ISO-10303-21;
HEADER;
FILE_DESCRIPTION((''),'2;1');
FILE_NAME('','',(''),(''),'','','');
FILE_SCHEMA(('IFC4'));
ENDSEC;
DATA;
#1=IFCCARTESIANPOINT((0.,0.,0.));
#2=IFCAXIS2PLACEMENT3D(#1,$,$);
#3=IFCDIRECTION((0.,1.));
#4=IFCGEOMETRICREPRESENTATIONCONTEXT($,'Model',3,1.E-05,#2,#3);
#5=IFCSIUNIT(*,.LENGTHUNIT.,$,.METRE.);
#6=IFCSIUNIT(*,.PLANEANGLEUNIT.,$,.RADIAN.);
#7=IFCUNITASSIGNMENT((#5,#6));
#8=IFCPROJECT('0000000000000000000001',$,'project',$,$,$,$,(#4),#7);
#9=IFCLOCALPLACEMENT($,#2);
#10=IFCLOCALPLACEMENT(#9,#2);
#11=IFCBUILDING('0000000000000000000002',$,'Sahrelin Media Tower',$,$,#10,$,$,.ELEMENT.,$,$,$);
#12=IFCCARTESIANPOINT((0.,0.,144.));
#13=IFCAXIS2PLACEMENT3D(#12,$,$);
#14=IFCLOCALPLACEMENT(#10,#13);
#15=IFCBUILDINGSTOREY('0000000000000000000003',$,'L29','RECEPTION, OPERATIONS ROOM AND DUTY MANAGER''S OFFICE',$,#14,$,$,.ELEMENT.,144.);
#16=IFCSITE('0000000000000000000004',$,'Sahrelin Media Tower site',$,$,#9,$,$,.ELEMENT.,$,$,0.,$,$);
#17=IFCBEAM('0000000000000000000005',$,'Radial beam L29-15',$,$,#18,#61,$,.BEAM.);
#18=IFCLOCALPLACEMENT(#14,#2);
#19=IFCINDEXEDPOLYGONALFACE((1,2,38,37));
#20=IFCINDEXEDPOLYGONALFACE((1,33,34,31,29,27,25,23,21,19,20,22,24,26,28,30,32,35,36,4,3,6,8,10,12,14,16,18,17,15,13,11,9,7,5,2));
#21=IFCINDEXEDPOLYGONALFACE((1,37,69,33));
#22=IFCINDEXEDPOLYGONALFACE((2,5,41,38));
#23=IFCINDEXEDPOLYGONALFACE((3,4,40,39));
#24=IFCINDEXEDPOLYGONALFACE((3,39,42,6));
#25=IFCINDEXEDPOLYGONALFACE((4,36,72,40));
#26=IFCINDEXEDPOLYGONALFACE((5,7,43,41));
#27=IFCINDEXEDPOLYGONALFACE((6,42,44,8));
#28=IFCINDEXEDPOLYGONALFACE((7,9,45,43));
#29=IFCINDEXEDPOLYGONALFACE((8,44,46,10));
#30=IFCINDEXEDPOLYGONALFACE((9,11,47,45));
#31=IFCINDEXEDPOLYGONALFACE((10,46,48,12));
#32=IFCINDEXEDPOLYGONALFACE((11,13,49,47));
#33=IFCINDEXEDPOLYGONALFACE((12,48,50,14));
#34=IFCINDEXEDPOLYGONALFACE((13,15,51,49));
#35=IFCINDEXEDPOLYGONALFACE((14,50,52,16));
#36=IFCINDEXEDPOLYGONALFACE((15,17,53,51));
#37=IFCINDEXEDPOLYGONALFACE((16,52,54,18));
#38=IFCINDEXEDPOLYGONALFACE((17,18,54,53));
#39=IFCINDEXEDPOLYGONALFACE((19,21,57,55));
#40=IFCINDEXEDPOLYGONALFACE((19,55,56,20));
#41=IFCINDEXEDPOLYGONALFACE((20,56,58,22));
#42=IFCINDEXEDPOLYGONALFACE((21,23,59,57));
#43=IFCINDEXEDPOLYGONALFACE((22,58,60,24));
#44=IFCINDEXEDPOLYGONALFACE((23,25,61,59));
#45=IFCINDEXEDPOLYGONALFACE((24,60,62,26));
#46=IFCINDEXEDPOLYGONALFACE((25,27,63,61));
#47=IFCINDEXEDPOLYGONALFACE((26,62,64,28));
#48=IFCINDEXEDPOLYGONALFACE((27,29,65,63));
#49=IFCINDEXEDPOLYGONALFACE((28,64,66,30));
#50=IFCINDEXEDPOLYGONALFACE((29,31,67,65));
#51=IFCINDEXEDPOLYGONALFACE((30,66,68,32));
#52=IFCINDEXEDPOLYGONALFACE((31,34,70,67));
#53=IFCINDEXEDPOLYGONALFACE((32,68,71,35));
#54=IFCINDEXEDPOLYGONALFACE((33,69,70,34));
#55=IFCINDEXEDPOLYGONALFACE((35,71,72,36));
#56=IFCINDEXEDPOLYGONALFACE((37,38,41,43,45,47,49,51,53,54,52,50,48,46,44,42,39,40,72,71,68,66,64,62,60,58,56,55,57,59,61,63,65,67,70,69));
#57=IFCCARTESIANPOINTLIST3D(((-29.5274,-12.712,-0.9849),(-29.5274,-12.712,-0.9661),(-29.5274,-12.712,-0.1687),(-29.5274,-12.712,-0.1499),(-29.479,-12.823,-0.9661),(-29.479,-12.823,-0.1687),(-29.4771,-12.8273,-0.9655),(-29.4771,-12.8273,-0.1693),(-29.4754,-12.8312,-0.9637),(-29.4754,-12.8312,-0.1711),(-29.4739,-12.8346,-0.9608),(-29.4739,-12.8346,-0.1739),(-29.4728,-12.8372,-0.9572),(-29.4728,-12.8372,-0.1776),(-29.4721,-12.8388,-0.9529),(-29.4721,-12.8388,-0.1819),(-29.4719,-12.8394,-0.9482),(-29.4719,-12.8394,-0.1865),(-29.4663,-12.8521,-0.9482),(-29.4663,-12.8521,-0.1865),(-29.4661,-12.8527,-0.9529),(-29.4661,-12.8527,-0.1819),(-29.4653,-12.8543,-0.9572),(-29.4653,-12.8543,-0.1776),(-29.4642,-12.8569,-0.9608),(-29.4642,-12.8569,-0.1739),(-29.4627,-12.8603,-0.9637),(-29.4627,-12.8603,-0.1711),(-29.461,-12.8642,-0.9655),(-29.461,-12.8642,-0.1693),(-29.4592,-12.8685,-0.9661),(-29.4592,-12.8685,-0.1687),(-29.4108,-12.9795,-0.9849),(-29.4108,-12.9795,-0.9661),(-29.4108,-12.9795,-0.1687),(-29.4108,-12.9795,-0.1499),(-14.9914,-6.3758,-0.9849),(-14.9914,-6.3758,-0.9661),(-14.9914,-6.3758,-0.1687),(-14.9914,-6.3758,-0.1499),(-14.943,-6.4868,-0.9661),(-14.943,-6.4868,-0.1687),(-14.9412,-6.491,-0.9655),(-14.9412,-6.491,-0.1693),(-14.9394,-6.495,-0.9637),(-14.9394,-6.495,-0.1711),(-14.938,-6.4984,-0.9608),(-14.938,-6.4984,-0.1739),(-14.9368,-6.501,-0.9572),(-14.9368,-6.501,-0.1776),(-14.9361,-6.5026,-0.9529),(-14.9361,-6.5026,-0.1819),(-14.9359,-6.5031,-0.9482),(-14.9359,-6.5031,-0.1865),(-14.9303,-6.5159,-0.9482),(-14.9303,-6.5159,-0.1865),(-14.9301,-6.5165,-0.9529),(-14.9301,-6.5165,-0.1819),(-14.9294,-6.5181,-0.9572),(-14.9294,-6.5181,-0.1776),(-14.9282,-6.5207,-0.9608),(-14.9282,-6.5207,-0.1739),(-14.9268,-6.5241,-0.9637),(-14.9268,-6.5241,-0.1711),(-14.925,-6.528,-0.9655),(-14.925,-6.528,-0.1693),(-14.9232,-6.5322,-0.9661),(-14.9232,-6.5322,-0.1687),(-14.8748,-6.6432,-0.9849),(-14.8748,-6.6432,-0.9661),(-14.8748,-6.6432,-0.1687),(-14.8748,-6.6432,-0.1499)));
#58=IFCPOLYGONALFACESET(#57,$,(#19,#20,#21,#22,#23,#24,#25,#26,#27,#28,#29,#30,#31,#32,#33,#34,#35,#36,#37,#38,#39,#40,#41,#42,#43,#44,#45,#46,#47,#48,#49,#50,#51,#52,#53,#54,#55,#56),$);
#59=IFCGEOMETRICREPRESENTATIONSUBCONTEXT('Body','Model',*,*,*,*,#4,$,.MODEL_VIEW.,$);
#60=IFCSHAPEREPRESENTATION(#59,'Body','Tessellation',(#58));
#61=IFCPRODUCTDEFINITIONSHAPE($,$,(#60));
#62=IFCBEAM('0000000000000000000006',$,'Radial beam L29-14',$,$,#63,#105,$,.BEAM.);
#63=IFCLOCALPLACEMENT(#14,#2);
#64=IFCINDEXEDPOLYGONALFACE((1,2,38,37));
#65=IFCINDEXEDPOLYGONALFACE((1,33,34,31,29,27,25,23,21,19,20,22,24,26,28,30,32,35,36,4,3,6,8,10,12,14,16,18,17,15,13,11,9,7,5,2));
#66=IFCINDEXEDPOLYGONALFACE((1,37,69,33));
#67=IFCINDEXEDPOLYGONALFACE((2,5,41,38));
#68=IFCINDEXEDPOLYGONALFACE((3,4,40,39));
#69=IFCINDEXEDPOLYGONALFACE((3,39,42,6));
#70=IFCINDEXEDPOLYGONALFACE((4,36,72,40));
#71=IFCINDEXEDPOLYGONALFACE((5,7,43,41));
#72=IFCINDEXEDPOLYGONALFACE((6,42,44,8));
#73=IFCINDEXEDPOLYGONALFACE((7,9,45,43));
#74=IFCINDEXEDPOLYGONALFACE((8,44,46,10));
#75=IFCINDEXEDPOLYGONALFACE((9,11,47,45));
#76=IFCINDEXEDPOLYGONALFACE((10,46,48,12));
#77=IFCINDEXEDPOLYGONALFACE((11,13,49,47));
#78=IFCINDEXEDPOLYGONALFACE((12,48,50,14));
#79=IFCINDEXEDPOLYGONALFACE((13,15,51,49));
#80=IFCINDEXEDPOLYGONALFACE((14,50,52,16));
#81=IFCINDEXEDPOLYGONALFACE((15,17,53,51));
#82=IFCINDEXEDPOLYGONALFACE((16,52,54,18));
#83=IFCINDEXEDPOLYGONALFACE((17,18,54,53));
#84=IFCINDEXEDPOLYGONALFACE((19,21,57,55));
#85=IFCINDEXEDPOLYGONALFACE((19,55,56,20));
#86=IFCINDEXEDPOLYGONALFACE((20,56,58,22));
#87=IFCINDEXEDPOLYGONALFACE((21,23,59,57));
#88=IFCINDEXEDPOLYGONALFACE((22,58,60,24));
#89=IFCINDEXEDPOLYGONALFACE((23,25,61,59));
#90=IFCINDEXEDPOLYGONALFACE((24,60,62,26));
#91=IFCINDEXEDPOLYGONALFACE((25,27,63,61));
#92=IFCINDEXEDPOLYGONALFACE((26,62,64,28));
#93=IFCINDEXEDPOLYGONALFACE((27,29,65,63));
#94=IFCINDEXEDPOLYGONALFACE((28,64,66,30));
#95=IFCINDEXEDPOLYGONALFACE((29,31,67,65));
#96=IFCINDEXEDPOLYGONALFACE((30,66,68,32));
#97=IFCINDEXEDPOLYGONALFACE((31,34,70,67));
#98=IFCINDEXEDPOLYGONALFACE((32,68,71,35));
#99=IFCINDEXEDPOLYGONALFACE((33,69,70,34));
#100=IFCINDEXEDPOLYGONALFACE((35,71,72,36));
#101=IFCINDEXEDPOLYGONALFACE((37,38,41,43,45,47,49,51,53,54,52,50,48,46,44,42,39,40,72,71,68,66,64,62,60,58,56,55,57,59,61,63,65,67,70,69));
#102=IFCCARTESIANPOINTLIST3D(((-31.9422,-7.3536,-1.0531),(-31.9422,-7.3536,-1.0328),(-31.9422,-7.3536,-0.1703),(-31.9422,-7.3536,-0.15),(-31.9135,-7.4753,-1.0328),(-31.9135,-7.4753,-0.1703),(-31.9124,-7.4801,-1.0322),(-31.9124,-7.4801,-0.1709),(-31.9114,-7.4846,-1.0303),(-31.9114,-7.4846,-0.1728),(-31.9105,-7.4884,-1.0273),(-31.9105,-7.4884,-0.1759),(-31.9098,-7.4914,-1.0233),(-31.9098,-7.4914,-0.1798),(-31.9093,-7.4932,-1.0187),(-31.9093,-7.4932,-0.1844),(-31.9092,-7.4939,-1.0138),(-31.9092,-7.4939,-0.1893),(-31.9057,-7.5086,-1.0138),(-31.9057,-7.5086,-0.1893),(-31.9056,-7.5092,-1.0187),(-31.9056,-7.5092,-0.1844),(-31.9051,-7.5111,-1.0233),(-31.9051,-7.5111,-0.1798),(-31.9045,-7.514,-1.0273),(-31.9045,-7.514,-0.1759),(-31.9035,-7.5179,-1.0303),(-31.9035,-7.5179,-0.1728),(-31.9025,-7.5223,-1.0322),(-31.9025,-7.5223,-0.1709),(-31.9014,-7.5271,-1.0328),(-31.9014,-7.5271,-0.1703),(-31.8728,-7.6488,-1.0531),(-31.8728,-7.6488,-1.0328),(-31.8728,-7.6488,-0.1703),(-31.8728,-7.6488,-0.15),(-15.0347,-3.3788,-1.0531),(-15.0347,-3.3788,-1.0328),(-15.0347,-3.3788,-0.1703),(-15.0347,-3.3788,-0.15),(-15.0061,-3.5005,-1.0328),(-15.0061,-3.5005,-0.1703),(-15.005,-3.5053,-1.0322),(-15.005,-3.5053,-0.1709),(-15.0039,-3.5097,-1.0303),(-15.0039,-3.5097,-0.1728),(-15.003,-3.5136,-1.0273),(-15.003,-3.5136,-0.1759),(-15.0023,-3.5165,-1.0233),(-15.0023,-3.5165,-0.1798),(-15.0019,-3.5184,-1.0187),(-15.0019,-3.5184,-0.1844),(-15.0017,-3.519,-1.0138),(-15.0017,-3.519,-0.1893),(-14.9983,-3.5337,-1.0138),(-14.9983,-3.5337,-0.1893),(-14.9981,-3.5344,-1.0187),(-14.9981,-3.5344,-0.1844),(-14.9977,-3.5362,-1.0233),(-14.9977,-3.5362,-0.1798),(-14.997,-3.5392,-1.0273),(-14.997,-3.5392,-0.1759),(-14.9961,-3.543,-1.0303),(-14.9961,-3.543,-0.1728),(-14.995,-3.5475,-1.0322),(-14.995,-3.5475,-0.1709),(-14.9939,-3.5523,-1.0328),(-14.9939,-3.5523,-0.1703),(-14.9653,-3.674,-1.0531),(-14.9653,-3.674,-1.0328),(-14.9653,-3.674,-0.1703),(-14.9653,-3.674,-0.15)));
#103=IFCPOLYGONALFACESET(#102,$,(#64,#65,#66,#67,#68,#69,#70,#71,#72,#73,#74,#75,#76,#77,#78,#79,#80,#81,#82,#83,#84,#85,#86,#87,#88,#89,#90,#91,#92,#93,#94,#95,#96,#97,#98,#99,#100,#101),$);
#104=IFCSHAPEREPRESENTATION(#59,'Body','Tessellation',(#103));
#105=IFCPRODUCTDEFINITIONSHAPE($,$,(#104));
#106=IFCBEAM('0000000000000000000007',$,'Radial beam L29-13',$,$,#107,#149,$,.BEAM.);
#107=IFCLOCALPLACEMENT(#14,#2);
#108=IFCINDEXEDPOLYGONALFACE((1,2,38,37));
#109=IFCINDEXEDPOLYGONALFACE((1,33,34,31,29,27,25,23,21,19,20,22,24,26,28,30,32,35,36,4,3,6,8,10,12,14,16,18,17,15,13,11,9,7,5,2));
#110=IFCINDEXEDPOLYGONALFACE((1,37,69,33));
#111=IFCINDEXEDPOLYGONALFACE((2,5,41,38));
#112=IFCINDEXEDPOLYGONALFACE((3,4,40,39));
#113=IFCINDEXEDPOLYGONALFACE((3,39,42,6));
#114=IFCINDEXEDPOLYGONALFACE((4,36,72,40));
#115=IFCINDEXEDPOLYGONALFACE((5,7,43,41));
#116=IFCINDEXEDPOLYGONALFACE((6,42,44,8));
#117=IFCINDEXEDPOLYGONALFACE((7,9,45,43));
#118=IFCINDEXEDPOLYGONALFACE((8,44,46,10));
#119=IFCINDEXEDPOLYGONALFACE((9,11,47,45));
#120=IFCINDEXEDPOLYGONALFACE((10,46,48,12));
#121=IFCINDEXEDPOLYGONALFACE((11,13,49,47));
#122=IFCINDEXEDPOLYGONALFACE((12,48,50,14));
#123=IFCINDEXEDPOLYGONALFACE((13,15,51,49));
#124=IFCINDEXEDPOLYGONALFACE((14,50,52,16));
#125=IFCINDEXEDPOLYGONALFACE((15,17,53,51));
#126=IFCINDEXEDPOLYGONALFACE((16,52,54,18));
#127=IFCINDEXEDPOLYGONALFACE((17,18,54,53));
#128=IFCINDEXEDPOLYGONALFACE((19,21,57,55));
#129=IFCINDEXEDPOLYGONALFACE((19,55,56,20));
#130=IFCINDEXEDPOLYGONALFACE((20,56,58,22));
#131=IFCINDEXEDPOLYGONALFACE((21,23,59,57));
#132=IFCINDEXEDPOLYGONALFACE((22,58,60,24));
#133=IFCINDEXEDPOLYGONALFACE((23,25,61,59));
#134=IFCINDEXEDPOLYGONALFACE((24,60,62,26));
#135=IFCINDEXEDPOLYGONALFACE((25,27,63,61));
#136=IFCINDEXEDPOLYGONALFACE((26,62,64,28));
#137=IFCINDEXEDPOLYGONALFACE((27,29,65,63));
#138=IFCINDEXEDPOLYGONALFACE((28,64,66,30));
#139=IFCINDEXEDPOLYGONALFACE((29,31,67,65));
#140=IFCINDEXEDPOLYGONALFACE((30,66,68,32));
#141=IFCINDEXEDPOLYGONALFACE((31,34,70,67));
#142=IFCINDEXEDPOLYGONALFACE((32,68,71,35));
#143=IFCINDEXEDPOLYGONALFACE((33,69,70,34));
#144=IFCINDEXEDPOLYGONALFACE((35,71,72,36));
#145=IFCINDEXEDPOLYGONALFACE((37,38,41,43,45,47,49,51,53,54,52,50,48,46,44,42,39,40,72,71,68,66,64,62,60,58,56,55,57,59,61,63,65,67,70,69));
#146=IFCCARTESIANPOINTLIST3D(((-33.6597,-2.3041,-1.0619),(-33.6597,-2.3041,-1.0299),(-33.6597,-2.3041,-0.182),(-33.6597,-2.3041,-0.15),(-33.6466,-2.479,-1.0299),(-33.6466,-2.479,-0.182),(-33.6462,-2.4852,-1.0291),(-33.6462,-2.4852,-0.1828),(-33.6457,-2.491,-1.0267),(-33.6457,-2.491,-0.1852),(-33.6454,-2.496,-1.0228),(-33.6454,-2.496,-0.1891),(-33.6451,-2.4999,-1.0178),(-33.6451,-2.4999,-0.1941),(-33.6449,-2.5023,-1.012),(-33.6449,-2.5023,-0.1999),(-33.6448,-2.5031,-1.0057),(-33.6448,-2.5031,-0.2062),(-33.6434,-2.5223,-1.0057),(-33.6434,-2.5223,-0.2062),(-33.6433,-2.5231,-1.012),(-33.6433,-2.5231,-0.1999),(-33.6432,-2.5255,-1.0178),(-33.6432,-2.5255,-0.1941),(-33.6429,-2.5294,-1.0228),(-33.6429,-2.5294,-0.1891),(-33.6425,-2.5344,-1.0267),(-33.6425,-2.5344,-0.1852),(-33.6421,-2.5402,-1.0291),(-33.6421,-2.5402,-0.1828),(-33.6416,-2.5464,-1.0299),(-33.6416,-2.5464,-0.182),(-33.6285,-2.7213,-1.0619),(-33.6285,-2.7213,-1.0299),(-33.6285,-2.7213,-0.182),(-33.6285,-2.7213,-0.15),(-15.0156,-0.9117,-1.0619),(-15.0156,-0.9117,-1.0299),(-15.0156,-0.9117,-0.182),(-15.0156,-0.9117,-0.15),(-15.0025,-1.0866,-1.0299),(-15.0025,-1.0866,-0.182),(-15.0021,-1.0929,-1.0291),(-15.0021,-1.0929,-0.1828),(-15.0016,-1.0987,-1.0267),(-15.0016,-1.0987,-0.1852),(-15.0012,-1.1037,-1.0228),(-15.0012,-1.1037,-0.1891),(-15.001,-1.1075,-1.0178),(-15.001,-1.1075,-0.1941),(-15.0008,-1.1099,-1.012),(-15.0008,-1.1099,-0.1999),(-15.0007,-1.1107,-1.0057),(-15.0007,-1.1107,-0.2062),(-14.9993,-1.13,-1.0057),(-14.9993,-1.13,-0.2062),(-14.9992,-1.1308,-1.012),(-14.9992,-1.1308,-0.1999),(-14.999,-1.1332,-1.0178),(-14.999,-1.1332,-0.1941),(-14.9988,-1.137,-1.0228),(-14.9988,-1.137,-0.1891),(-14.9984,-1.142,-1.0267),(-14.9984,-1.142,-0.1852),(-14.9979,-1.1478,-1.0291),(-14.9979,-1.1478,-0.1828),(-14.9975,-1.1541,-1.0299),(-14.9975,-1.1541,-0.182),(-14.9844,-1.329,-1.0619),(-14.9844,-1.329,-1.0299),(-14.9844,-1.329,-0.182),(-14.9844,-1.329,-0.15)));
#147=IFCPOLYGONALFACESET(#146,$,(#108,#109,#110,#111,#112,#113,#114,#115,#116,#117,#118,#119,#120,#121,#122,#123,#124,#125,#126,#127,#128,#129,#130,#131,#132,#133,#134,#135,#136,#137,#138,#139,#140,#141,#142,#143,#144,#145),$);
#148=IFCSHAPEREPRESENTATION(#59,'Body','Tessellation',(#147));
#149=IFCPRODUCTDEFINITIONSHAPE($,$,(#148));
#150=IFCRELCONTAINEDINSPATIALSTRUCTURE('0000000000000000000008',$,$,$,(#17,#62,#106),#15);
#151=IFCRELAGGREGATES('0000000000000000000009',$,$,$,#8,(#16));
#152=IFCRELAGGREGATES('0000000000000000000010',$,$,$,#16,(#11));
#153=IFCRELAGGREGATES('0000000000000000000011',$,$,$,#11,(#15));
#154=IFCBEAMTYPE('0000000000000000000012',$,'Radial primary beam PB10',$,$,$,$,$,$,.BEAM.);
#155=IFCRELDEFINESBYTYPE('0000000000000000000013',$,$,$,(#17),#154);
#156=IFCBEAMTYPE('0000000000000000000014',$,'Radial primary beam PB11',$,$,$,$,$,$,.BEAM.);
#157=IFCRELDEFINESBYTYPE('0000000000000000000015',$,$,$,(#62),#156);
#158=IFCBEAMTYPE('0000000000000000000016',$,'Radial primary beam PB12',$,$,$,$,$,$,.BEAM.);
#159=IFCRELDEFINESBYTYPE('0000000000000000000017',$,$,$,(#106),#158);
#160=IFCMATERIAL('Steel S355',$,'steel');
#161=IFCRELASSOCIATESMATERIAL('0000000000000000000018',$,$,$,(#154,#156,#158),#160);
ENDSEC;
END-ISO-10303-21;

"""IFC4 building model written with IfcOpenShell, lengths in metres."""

from ifc_helpers import new_model, si_unit, direction, frame, origin, origin_2d, place, context, subcontext, project, spatial, i_section, extrude, material, material_profile, profile_set, type_object, element, save


model = new_model("IFC4")

# Units and contexts
model_context = context("Model", 3, precision=1e-05, world=origin(), true_north=direction((0.0, 1.0)))
body_context = subcontext(model_context, "Body", "Model", "MODEL_VIEW")
ifc_project = project(units=[si_unit("LENGTHUNIT", "METRE"), si_unit("PLANEANGLEUNIT", "RADIAN")], contexts=[model_context])

# Site, building, storey
site_placement = place(None, origin())
site = spatial("IfcSite", under=ifc_project, at=site_placement, Name="Sahrelin Media Tower site", CompositionType="ELEMENT", RefElevation=0.0)
building_placement = place(site_placement, origin())
building = spatial("IfcBuilding", under=site, at=building_placement, Name="Sahrelin Media Tower", CompositionType="ELEMENT")
storey_placement = place(building_placement, frame((0.0, 0.0, 144.0)))
storey = spatial("IfcBuildingStorey", under=building, at=storey_placement, Name="L29", Description="RECEPTION, OPERATIONS ROOM AND DUTY MANAGER'S OFFICE", CompositionType="ELEMENT", Elevation=144.0)

# Beams
ifc_material_1 = material(Name="Steel S355", Category="steel")
ifc_material_profile_1 = material_profile(ifc_material_1, i_section(OverallWidth=0.2917, OverallDepth=0.835, WebThickness=0.0139, FlangeThickness=0.0188, FilletRadius=0.0178, at=origin_2d()), Name="UB 838x292x176")
ifc_profile_set_1 = profile_set([ifc_material_profile_1], Name="Steel S355")
beam_type_1 = type_object("IfcBeamType", Name="Radial primary beam PB10", PredefinedType="BEAM", material=ifc_profile_set_1)
beam_1_placement = place(storey_placement, frame((-14.9331, -6.5095, -0.5674), z_axis=(-0.916695, -0.399587, 0.0), x_axis=(0.399587, -0.916695, 0.0)))
element("IfcBeam", 1, at=beam_1_placement, inside=storey, type_object=beam_type_1, Name="Radial beam L29-15", PredefinedType="BEAM", context=body_context, shape_type="SweptSolid", body=[
    extrude(i_section(OverallWidth=0.2917, OverallDepth=0.835, WebThickness=0.0139, FlangeThickness=0.0188, FilletRadius=0.0178, at=origin_2d()), origin(), (0.0, 0.0, 1.0), 15.8569),
])
ifc_material_profile_2 = material_profile(ifc_material_1, i_section(OverallWidth=0.3032, OverallDepth=0.9031, WebThickness=0.0151, FlangeThickness=0.0203, FilletRadius=0.019, at=origin_2d()), Name="UB 914x305x201")
ifc_profile_set_2 = profile_set([ifc_material_profile_2], Name="Steel S355")
beam_type_2 = type_object("IfcBeamType", Name="Radial primary beam PB11", PredefinedType="BEAM", material=ifc_profile_set_2)
beam_2_placement = place(storey_placement, frame((-15.0, -3.5264, -0.6016), z_axis=(-0.97346, -0.228855, 0.0), x_axis=(0.228855, -0.97346, 0.0)))
element("IfcBeam", 2, at=beam_2_placement, inside=storey, type_object=beam_type_2, Name="Radial beam L29-14", PredefinedType="BEAM", context=body_context, shape_type="SweptSolid", body=[
    extrude(i_section(OverallWidth=0.3032, OverallDepth=0.9031, WebThickness=0.0151, FlangeThickness=0.0203, FilletRadius=0.019, at=origin_2d()), origin(), (0.0, 0.0, 1.0), 17.3684),
])
ifc_material_profile_3 = material_profile(ifc_material_1, i_section(OverallWidth=0.4185, OverallDepth=0.9119, WebThickness=0.0193, FlangeThickness=0.032, FilletRadius=0.0242, at=origin_2d()), Name="UB 914x419x343")
ifc_profile_set_3 = profile_set([ifc_material_profile_3], Name="Steel S355")
beam_type_3 = type_object("IfcBeamType", Name="Radial primary beam PB12", PredefinedType="BEAM", material=ifc_profile_set_3)
beam_3_placement = place(storey_placement, frame((-15.0, -1.1204, -0.606), z_axis=(-0.997223, -0.074472, 0.0), x_axis=(0.074472, -0.997223, 0.0)))
element("IfcBeam", 3, at=beam_3_placement, inside=storey, type_object=beam_type_3, Name="Radial beam L29-13", PredefinedType="BEAM", context=body_context, shape_type="SweptSolid", body=[
    extrude(i_section(OverallWidth=0.4185, OverallDepth=0.9119, WebThickness=0.0193, FlangeThickness=0.032, FilletRadius=0.0242, at=origin_2d()), origin(), (0.0, 0.0, 1.0), 18.696),
])

save(model, "model.ifc")
